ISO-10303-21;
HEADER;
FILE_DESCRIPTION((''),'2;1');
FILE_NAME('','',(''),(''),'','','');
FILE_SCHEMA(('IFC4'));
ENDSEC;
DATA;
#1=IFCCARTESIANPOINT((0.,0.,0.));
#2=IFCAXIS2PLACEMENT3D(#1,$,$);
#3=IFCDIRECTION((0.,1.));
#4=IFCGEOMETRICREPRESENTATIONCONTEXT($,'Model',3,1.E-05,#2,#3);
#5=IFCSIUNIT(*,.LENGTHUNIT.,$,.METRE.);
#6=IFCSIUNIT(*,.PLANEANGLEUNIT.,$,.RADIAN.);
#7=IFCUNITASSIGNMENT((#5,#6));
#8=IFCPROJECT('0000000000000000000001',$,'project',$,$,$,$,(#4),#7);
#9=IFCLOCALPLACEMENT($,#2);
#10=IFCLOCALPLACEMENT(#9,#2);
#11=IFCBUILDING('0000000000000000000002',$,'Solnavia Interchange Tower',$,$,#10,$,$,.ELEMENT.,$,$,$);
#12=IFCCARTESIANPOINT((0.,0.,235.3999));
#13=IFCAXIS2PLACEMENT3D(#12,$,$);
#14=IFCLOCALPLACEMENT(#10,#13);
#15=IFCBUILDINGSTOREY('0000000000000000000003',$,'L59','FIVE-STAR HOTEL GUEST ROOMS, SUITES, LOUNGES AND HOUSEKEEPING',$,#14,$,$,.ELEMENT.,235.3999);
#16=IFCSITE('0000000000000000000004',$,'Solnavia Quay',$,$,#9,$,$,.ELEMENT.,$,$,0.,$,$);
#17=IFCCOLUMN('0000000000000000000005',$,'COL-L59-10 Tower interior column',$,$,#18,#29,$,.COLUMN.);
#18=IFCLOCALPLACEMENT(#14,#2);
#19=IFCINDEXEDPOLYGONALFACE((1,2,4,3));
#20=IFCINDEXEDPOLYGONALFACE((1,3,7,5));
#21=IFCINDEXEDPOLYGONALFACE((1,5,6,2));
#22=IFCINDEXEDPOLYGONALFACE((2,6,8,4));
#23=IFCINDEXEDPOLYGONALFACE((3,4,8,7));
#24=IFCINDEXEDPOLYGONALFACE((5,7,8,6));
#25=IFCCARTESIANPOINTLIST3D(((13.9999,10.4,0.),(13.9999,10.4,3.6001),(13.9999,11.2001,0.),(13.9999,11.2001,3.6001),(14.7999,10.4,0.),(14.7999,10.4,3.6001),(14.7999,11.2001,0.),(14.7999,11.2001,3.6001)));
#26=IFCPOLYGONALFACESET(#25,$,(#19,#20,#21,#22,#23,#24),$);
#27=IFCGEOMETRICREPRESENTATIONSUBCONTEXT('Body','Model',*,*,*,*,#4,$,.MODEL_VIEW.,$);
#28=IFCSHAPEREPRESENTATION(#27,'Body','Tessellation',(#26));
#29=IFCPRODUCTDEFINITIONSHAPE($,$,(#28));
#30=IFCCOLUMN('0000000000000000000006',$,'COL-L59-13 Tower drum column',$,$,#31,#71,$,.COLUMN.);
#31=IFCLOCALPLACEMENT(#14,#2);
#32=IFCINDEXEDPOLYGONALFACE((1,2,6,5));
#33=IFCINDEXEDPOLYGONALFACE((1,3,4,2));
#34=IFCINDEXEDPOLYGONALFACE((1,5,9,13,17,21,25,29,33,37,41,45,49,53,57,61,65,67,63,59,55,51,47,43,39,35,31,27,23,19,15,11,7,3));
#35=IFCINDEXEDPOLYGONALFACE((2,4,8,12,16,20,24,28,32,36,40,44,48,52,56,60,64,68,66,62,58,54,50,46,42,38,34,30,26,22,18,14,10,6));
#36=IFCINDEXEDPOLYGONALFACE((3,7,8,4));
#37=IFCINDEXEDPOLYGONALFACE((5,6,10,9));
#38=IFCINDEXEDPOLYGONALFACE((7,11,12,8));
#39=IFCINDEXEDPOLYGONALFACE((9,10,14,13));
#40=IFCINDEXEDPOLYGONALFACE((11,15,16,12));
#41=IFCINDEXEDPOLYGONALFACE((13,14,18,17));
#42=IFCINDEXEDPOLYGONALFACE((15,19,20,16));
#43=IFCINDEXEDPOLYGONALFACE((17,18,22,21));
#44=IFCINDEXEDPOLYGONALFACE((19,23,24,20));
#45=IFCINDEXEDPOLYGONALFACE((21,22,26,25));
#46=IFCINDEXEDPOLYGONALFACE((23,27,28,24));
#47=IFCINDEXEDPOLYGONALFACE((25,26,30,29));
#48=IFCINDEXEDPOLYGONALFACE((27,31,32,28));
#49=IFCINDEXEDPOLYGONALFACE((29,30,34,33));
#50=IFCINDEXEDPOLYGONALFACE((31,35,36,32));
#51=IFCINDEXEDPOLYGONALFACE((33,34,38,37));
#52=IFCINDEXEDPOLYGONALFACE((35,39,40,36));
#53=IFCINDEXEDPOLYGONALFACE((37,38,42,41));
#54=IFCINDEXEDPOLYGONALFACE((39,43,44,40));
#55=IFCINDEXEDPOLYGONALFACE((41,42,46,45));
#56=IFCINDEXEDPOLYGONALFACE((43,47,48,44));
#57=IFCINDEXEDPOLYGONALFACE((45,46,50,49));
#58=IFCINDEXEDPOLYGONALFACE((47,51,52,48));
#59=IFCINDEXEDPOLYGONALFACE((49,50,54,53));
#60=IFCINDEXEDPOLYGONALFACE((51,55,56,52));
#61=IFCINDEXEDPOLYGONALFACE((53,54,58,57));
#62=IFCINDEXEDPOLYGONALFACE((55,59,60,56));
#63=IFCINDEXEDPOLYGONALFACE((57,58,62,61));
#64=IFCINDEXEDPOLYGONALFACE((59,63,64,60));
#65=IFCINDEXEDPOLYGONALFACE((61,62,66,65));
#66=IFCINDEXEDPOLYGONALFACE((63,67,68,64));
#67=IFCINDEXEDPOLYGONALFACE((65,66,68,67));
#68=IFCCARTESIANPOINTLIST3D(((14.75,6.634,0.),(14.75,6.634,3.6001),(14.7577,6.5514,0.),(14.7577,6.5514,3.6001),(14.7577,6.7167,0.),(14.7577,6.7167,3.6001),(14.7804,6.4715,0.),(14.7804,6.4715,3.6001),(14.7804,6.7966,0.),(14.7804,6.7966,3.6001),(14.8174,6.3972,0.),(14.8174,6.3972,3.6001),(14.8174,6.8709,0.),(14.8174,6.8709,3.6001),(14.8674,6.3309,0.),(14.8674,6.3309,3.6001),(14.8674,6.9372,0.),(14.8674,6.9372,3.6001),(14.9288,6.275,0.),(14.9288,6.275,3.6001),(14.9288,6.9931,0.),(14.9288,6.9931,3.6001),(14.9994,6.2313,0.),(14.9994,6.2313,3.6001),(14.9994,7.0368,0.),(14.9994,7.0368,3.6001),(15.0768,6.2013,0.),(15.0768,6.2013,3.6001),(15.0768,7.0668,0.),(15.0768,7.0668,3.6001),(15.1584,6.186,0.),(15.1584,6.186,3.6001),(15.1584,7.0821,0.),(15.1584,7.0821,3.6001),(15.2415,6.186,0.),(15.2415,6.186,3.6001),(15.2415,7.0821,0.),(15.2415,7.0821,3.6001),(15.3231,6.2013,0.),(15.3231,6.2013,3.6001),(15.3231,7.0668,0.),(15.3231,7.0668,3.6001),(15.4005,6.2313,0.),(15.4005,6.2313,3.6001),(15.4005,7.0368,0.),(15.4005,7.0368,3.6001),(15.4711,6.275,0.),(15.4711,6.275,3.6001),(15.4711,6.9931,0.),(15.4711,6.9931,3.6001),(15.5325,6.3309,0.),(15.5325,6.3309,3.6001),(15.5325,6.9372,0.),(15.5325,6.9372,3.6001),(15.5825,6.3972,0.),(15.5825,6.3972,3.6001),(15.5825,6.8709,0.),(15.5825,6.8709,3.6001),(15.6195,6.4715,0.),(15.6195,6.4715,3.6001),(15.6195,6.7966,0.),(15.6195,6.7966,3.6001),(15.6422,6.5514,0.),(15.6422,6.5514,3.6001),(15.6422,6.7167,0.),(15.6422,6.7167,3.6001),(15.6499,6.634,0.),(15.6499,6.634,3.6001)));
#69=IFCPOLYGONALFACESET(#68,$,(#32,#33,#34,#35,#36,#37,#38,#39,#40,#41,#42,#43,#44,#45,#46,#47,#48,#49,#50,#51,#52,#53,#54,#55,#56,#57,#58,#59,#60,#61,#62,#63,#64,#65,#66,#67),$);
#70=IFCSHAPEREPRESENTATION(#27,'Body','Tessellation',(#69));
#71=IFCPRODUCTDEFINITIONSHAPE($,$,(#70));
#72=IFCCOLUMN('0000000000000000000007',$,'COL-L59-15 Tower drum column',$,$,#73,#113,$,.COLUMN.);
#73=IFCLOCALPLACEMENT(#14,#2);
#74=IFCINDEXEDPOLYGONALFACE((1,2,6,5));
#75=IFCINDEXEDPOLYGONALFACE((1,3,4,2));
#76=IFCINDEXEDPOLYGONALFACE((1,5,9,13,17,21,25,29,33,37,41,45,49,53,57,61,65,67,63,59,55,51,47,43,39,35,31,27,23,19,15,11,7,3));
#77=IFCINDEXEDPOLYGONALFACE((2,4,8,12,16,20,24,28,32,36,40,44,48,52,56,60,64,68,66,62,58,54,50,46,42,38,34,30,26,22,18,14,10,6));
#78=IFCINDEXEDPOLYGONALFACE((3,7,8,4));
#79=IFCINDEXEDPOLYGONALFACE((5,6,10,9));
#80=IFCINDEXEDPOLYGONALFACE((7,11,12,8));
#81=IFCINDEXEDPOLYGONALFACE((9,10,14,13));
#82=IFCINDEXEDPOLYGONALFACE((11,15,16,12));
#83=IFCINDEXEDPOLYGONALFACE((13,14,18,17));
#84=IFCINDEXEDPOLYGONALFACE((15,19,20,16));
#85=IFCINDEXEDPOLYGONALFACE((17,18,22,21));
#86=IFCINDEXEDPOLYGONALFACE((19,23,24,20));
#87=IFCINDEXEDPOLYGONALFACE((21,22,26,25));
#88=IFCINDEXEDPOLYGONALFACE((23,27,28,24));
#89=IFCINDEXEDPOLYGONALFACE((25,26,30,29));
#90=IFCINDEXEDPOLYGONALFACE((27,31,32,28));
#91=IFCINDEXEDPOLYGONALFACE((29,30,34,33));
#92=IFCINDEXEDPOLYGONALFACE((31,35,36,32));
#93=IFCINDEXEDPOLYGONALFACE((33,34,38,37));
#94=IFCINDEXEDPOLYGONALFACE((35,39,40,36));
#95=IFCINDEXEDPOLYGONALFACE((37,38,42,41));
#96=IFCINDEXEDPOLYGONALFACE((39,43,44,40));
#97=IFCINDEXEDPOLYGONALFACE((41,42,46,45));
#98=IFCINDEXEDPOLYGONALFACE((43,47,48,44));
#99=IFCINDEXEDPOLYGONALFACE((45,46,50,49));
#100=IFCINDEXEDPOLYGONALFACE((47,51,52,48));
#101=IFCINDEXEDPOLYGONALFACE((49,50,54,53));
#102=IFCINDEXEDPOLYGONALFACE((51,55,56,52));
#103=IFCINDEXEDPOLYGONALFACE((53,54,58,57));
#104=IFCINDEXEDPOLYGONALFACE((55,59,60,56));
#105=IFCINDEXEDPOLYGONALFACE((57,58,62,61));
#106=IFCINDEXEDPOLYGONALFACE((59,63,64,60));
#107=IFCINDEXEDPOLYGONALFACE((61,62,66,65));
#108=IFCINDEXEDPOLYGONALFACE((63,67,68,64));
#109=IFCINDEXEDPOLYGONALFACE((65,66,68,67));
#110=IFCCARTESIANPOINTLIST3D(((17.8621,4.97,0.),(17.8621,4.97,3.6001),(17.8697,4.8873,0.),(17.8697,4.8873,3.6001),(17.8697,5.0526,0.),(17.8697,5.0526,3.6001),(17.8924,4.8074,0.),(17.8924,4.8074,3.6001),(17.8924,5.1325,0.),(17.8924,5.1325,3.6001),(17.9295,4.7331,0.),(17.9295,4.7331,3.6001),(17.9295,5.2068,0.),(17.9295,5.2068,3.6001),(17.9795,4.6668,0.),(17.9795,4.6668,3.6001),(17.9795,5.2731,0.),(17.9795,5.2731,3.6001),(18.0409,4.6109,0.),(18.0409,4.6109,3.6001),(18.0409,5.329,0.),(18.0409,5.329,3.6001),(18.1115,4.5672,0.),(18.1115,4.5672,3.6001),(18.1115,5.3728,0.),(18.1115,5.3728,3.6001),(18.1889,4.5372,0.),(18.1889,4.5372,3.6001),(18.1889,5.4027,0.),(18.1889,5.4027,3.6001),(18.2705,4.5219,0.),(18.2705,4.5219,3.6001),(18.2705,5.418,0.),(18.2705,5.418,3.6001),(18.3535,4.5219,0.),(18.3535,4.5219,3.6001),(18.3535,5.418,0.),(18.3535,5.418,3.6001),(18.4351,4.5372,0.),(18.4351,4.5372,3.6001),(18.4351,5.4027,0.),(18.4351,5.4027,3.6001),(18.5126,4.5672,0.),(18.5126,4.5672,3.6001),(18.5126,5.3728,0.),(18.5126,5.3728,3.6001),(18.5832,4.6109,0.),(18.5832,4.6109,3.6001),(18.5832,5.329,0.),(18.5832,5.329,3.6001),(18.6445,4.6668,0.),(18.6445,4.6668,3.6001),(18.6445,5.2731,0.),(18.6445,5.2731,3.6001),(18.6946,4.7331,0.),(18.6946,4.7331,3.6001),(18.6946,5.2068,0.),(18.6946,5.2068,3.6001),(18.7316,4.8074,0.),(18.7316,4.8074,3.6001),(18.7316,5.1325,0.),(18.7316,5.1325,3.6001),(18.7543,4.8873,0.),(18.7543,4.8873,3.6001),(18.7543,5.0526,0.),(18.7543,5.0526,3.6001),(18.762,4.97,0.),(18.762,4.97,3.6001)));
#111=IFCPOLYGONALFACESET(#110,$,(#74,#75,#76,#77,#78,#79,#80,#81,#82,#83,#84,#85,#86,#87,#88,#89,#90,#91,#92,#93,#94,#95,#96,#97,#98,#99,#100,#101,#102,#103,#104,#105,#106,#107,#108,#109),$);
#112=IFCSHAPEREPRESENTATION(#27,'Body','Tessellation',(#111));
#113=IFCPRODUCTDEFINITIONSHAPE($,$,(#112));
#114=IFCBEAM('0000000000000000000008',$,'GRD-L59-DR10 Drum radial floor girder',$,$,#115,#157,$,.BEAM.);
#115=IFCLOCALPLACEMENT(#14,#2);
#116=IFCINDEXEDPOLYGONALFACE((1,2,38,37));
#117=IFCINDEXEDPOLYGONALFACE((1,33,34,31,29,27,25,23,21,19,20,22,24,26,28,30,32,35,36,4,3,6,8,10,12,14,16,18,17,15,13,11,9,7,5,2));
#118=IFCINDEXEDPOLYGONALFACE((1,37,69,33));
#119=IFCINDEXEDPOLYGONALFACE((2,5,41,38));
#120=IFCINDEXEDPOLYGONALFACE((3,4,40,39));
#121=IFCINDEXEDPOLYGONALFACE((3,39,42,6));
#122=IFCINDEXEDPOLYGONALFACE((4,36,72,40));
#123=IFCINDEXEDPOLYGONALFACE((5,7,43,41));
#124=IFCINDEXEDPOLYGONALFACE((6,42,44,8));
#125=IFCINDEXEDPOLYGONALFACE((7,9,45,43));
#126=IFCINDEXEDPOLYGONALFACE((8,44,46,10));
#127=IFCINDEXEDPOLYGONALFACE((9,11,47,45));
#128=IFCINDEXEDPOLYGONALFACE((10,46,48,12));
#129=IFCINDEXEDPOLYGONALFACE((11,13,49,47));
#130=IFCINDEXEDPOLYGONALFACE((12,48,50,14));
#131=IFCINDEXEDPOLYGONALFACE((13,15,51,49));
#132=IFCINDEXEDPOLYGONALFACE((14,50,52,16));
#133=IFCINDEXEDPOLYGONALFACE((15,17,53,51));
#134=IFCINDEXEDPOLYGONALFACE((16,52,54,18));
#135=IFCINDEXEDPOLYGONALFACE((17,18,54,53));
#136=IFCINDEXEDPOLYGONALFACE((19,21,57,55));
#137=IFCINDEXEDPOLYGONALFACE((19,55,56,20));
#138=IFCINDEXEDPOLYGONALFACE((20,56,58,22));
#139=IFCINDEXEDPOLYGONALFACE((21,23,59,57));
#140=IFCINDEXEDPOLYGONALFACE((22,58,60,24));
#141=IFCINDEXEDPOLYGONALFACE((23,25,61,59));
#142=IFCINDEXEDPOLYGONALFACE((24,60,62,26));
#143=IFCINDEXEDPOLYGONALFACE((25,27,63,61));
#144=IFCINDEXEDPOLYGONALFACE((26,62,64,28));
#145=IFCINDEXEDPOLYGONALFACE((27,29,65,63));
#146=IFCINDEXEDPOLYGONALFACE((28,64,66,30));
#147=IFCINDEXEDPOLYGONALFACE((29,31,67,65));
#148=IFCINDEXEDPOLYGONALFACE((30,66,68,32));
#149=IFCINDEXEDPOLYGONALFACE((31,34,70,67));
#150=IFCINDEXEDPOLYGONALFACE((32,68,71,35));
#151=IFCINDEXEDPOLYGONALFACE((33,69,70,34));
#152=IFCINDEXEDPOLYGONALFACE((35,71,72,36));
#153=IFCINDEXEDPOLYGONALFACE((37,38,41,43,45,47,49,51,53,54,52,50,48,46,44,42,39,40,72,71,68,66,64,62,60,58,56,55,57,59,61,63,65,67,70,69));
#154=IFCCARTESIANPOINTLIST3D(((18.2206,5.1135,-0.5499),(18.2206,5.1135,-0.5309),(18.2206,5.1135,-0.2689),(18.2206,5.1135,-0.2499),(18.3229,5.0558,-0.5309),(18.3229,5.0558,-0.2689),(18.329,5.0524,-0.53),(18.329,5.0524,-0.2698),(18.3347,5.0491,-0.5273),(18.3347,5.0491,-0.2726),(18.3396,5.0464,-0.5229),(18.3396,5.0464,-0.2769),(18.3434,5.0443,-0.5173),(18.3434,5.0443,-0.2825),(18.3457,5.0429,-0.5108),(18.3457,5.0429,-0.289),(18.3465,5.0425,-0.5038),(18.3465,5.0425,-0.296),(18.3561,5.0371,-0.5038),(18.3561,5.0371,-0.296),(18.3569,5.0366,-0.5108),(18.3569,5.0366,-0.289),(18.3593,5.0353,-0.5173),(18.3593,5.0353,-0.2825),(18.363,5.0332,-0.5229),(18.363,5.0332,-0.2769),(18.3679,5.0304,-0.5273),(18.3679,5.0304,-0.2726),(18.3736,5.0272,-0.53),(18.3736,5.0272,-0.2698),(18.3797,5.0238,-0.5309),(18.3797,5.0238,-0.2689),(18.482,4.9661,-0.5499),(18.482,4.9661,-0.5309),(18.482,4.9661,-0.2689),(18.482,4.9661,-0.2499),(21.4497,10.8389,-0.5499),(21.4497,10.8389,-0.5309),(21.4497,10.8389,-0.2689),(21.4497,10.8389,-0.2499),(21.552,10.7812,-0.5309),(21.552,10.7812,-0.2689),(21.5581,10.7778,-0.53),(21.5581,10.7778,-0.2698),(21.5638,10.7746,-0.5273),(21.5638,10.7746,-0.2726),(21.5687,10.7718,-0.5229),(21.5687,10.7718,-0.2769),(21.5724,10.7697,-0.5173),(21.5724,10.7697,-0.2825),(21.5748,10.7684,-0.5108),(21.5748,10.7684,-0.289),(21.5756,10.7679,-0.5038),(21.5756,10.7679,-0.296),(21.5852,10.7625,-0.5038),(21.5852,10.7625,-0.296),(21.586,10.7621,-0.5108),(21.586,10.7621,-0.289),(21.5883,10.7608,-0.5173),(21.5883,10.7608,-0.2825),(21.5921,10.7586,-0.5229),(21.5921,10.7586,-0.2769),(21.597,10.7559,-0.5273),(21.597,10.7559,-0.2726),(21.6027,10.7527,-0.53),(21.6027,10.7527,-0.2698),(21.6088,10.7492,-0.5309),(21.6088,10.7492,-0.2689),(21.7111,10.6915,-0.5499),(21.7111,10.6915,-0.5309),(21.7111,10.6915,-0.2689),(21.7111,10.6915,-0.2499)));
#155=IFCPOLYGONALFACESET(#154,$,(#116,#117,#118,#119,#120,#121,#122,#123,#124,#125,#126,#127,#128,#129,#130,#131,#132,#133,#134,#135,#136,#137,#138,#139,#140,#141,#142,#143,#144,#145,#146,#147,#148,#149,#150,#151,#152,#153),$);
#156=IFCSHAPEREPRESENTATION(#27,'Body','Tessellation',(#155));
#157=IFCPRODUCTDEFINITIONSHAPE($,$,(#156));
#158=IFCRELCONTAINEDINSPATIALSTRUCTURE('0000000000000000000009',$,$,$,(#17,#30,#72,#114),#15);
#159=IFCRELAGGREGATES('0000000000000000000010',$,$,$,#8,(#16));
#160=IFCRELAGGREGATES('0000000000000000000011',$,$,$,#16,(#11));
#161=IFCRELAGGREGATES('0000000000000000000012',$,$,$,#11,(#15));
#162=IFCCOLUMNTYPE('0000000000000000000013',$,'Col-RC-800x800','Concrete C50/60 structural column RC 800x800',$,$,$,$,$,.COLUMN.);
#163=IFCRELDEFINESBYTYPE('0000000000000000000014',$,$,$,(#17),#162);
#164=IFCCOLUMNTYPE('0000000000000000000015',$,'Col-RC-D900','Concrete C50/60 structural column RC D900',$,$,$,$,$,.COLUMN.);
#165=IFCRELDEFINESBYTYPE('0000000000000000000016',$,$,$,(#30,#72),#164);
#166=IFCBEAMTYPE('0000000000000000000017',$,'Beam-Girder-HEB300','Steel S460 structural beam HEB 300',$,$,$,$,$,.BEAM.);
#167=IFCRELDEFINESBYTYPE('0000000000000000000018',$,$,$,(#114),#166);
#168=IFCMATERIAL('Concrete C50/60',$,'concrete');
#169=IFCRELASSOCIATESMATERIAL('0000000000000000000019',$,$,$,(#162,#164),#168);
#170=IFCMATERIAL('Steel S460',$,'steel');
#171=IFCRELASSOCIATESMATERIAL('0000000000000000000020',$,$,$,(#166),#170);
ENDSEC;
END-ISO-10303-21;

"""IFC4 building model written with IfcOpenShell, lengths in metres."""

from ifc_helpers import new_model, si_unit, direction, frame, origin, origin_2d, place, context, subcontext, project, spatial, rectangle, circle, i_section, extrude, material, material_profile, profile_set, type_object, element, save


model = new_model("IFC4")

# Units and contexts
model_context = context("Model", 3, precision=1e-05, world=origin(), true_north=direction((0.0, 1.0)))
body_context = subcontext(model_context, "Body", "Model", "MODEL_VIEW")
ifc_project = project(units=[si_unit("LENGTHUNIT", "METRE"), si_unit("PLANEANGLEUNIT", "RADIAN")], contexts=[model_context])

# Site, building, storey
site_placement = place(None, origin())
site = spatial("IfcSite", under=ifc_project, at=site_placement, Name="Solnavia Quay", CompositionType="ELEMENT", RefElevation=0.0)
building_placement = place(site_placement, origin())
building = spatial("IfcBuilding", under=site, at=building_placement, Name="Solnavia Interchange Tower", CompositionType="ELEMENT")
storey_placement = place(building_placement, frame((0.0, 0.0, 235.3999)))
storey = spatial("IfcBuildingStorey", under=building, at=storey_placement, Name="L59", Description="FIVE-STAR HOTEL GUEST ROOMS, SUITES, LOUNGES AND HOUSEKEEPING", CompositionType="ELEMENT", Elevation=235.3999)

# Columns
ifc_material_1 = material(Name="Concrete C50/60", Category="concrete")
ifc_material_profile_1 = material_profile(ifc_material_1, rectangle(XDim=0.8, YDim=0.8, at=origin_2d()), Name="RC 800x800")
ifc_profile_set_1 = profile_set([ifc_material_profile_1], Name="Concrete C50/60")
column_type_1 = type_object("IfcColumnType", Name="Col-RC-800x800", Description="Concrete C50/60 structural column RC 800x800", PredefinedType="COLUMN", material=ifc_profile_set_1)
column_placement = place(storey_placement, frame((14.3999, 10.8, 0.0), z_axis=(0.0, 0.0, 1.0), x_axis=(1.0, 0.0, 0.0)))
element("IfcColumn", 1, at=column_placement, inside=storey, type_object=column_type_1, Name="COL-L59-10 Tower interior column", PredefinedType="COLUMN", context=body_context, shape_type="SweptSolid", body=[
    extrude(rectangle(XDim=0.8, YDim=0.8, at=origin_2d()), origin(), (0.0, 0.0, 1.0), 3.6001),
])
ifc_material_profile_2 = material_profile(ifc_material_1, circle(Radius=0.45, at=origin_2d()), Name="RC D900")
ifc_profile_set_2 = profile_set([ifc_material_profile_2], Name="Concrete C50/60")
column_type_2 = type_object("IfcColumnType", Name="Col-RC-D900", Description="Concrete C50/60 structural column RC D900", PredefinedType="COLUMN", material=ifc_profile_set_2)
for number, where, z_axis, x_axis, name in (
    (2, (15.2, 6.634, 0.0), (0.0, 0.0, 1.0), (1.0, 0.0, 0.0), "COL-L59-13 Tower drum column"),
    (3, (18.312, 4.97, 0.0), (0.0, 0.0, 1.0), (1.0, 0.0, 0.0), "COL-L59-15 Tower drum column"),
):
    element("IfcColumn", number, at=place(storey_placement, frame(where, z_axis=z_axis, x_axis=x_axis)), inside=storey, type_object=column_type_2, Name=name, PredefinedType="COLUMN", context=body_context, shape_type="SweptSolid", body=[
        extrude(circle(Radius=0.45, at=origin_2d()), origin(), (0.0, 0.0, 1.0), 3.6001),
    ])

# Beam
ifc_material_2 = material(Name="Steel S460", Category="steel")
ifc_material_profile_3 = material_profile(ifc_material_2, i_section(OverallWidth=0.3, OverallDepth=0.3, WebThickness=0.011, FlangeThickness=0.019, FilletRadius=0.0271, at=origin_2d()), Name="HEB 300")
ifc_profile_set_3 = profile_set([ifc_material_profile_3], Name="Steel S460")
beam_type_1 = type_object("IfcBeamType", Name="Beam-Girder-HEB300", Description="Steel S460 structural beam HEB 300", PredefinedType="BEAM", material=ifc_profile_set_3)
beam_1_placement = place(storey_placement, frame((18.3513, 5.0398, -0.3999), z_axis=(0.491243, 0.871022, 0.0), x_axis=(-0.871022, 0.491243, 0.0)))
element("IfcBeam", 4, at=beam_1_placement, inside=storey, type_object=beam_type_1, Name="GRD-L59-DR10 Drum radial floor girder", PredefinedType="BEAM", context=body_context, shape_type="SweptSolid", body=[
    extrude(i_section(OverallWidth=0.3, OverallDepth=0.3, WebThickness=0.011, FlangeThickness=0.019, FilletRadius=0.0271, at=origin_2d()), origin(), (0.0, 0.0, 1.0), 6.5732),
])

save(model, "model.ifc")
